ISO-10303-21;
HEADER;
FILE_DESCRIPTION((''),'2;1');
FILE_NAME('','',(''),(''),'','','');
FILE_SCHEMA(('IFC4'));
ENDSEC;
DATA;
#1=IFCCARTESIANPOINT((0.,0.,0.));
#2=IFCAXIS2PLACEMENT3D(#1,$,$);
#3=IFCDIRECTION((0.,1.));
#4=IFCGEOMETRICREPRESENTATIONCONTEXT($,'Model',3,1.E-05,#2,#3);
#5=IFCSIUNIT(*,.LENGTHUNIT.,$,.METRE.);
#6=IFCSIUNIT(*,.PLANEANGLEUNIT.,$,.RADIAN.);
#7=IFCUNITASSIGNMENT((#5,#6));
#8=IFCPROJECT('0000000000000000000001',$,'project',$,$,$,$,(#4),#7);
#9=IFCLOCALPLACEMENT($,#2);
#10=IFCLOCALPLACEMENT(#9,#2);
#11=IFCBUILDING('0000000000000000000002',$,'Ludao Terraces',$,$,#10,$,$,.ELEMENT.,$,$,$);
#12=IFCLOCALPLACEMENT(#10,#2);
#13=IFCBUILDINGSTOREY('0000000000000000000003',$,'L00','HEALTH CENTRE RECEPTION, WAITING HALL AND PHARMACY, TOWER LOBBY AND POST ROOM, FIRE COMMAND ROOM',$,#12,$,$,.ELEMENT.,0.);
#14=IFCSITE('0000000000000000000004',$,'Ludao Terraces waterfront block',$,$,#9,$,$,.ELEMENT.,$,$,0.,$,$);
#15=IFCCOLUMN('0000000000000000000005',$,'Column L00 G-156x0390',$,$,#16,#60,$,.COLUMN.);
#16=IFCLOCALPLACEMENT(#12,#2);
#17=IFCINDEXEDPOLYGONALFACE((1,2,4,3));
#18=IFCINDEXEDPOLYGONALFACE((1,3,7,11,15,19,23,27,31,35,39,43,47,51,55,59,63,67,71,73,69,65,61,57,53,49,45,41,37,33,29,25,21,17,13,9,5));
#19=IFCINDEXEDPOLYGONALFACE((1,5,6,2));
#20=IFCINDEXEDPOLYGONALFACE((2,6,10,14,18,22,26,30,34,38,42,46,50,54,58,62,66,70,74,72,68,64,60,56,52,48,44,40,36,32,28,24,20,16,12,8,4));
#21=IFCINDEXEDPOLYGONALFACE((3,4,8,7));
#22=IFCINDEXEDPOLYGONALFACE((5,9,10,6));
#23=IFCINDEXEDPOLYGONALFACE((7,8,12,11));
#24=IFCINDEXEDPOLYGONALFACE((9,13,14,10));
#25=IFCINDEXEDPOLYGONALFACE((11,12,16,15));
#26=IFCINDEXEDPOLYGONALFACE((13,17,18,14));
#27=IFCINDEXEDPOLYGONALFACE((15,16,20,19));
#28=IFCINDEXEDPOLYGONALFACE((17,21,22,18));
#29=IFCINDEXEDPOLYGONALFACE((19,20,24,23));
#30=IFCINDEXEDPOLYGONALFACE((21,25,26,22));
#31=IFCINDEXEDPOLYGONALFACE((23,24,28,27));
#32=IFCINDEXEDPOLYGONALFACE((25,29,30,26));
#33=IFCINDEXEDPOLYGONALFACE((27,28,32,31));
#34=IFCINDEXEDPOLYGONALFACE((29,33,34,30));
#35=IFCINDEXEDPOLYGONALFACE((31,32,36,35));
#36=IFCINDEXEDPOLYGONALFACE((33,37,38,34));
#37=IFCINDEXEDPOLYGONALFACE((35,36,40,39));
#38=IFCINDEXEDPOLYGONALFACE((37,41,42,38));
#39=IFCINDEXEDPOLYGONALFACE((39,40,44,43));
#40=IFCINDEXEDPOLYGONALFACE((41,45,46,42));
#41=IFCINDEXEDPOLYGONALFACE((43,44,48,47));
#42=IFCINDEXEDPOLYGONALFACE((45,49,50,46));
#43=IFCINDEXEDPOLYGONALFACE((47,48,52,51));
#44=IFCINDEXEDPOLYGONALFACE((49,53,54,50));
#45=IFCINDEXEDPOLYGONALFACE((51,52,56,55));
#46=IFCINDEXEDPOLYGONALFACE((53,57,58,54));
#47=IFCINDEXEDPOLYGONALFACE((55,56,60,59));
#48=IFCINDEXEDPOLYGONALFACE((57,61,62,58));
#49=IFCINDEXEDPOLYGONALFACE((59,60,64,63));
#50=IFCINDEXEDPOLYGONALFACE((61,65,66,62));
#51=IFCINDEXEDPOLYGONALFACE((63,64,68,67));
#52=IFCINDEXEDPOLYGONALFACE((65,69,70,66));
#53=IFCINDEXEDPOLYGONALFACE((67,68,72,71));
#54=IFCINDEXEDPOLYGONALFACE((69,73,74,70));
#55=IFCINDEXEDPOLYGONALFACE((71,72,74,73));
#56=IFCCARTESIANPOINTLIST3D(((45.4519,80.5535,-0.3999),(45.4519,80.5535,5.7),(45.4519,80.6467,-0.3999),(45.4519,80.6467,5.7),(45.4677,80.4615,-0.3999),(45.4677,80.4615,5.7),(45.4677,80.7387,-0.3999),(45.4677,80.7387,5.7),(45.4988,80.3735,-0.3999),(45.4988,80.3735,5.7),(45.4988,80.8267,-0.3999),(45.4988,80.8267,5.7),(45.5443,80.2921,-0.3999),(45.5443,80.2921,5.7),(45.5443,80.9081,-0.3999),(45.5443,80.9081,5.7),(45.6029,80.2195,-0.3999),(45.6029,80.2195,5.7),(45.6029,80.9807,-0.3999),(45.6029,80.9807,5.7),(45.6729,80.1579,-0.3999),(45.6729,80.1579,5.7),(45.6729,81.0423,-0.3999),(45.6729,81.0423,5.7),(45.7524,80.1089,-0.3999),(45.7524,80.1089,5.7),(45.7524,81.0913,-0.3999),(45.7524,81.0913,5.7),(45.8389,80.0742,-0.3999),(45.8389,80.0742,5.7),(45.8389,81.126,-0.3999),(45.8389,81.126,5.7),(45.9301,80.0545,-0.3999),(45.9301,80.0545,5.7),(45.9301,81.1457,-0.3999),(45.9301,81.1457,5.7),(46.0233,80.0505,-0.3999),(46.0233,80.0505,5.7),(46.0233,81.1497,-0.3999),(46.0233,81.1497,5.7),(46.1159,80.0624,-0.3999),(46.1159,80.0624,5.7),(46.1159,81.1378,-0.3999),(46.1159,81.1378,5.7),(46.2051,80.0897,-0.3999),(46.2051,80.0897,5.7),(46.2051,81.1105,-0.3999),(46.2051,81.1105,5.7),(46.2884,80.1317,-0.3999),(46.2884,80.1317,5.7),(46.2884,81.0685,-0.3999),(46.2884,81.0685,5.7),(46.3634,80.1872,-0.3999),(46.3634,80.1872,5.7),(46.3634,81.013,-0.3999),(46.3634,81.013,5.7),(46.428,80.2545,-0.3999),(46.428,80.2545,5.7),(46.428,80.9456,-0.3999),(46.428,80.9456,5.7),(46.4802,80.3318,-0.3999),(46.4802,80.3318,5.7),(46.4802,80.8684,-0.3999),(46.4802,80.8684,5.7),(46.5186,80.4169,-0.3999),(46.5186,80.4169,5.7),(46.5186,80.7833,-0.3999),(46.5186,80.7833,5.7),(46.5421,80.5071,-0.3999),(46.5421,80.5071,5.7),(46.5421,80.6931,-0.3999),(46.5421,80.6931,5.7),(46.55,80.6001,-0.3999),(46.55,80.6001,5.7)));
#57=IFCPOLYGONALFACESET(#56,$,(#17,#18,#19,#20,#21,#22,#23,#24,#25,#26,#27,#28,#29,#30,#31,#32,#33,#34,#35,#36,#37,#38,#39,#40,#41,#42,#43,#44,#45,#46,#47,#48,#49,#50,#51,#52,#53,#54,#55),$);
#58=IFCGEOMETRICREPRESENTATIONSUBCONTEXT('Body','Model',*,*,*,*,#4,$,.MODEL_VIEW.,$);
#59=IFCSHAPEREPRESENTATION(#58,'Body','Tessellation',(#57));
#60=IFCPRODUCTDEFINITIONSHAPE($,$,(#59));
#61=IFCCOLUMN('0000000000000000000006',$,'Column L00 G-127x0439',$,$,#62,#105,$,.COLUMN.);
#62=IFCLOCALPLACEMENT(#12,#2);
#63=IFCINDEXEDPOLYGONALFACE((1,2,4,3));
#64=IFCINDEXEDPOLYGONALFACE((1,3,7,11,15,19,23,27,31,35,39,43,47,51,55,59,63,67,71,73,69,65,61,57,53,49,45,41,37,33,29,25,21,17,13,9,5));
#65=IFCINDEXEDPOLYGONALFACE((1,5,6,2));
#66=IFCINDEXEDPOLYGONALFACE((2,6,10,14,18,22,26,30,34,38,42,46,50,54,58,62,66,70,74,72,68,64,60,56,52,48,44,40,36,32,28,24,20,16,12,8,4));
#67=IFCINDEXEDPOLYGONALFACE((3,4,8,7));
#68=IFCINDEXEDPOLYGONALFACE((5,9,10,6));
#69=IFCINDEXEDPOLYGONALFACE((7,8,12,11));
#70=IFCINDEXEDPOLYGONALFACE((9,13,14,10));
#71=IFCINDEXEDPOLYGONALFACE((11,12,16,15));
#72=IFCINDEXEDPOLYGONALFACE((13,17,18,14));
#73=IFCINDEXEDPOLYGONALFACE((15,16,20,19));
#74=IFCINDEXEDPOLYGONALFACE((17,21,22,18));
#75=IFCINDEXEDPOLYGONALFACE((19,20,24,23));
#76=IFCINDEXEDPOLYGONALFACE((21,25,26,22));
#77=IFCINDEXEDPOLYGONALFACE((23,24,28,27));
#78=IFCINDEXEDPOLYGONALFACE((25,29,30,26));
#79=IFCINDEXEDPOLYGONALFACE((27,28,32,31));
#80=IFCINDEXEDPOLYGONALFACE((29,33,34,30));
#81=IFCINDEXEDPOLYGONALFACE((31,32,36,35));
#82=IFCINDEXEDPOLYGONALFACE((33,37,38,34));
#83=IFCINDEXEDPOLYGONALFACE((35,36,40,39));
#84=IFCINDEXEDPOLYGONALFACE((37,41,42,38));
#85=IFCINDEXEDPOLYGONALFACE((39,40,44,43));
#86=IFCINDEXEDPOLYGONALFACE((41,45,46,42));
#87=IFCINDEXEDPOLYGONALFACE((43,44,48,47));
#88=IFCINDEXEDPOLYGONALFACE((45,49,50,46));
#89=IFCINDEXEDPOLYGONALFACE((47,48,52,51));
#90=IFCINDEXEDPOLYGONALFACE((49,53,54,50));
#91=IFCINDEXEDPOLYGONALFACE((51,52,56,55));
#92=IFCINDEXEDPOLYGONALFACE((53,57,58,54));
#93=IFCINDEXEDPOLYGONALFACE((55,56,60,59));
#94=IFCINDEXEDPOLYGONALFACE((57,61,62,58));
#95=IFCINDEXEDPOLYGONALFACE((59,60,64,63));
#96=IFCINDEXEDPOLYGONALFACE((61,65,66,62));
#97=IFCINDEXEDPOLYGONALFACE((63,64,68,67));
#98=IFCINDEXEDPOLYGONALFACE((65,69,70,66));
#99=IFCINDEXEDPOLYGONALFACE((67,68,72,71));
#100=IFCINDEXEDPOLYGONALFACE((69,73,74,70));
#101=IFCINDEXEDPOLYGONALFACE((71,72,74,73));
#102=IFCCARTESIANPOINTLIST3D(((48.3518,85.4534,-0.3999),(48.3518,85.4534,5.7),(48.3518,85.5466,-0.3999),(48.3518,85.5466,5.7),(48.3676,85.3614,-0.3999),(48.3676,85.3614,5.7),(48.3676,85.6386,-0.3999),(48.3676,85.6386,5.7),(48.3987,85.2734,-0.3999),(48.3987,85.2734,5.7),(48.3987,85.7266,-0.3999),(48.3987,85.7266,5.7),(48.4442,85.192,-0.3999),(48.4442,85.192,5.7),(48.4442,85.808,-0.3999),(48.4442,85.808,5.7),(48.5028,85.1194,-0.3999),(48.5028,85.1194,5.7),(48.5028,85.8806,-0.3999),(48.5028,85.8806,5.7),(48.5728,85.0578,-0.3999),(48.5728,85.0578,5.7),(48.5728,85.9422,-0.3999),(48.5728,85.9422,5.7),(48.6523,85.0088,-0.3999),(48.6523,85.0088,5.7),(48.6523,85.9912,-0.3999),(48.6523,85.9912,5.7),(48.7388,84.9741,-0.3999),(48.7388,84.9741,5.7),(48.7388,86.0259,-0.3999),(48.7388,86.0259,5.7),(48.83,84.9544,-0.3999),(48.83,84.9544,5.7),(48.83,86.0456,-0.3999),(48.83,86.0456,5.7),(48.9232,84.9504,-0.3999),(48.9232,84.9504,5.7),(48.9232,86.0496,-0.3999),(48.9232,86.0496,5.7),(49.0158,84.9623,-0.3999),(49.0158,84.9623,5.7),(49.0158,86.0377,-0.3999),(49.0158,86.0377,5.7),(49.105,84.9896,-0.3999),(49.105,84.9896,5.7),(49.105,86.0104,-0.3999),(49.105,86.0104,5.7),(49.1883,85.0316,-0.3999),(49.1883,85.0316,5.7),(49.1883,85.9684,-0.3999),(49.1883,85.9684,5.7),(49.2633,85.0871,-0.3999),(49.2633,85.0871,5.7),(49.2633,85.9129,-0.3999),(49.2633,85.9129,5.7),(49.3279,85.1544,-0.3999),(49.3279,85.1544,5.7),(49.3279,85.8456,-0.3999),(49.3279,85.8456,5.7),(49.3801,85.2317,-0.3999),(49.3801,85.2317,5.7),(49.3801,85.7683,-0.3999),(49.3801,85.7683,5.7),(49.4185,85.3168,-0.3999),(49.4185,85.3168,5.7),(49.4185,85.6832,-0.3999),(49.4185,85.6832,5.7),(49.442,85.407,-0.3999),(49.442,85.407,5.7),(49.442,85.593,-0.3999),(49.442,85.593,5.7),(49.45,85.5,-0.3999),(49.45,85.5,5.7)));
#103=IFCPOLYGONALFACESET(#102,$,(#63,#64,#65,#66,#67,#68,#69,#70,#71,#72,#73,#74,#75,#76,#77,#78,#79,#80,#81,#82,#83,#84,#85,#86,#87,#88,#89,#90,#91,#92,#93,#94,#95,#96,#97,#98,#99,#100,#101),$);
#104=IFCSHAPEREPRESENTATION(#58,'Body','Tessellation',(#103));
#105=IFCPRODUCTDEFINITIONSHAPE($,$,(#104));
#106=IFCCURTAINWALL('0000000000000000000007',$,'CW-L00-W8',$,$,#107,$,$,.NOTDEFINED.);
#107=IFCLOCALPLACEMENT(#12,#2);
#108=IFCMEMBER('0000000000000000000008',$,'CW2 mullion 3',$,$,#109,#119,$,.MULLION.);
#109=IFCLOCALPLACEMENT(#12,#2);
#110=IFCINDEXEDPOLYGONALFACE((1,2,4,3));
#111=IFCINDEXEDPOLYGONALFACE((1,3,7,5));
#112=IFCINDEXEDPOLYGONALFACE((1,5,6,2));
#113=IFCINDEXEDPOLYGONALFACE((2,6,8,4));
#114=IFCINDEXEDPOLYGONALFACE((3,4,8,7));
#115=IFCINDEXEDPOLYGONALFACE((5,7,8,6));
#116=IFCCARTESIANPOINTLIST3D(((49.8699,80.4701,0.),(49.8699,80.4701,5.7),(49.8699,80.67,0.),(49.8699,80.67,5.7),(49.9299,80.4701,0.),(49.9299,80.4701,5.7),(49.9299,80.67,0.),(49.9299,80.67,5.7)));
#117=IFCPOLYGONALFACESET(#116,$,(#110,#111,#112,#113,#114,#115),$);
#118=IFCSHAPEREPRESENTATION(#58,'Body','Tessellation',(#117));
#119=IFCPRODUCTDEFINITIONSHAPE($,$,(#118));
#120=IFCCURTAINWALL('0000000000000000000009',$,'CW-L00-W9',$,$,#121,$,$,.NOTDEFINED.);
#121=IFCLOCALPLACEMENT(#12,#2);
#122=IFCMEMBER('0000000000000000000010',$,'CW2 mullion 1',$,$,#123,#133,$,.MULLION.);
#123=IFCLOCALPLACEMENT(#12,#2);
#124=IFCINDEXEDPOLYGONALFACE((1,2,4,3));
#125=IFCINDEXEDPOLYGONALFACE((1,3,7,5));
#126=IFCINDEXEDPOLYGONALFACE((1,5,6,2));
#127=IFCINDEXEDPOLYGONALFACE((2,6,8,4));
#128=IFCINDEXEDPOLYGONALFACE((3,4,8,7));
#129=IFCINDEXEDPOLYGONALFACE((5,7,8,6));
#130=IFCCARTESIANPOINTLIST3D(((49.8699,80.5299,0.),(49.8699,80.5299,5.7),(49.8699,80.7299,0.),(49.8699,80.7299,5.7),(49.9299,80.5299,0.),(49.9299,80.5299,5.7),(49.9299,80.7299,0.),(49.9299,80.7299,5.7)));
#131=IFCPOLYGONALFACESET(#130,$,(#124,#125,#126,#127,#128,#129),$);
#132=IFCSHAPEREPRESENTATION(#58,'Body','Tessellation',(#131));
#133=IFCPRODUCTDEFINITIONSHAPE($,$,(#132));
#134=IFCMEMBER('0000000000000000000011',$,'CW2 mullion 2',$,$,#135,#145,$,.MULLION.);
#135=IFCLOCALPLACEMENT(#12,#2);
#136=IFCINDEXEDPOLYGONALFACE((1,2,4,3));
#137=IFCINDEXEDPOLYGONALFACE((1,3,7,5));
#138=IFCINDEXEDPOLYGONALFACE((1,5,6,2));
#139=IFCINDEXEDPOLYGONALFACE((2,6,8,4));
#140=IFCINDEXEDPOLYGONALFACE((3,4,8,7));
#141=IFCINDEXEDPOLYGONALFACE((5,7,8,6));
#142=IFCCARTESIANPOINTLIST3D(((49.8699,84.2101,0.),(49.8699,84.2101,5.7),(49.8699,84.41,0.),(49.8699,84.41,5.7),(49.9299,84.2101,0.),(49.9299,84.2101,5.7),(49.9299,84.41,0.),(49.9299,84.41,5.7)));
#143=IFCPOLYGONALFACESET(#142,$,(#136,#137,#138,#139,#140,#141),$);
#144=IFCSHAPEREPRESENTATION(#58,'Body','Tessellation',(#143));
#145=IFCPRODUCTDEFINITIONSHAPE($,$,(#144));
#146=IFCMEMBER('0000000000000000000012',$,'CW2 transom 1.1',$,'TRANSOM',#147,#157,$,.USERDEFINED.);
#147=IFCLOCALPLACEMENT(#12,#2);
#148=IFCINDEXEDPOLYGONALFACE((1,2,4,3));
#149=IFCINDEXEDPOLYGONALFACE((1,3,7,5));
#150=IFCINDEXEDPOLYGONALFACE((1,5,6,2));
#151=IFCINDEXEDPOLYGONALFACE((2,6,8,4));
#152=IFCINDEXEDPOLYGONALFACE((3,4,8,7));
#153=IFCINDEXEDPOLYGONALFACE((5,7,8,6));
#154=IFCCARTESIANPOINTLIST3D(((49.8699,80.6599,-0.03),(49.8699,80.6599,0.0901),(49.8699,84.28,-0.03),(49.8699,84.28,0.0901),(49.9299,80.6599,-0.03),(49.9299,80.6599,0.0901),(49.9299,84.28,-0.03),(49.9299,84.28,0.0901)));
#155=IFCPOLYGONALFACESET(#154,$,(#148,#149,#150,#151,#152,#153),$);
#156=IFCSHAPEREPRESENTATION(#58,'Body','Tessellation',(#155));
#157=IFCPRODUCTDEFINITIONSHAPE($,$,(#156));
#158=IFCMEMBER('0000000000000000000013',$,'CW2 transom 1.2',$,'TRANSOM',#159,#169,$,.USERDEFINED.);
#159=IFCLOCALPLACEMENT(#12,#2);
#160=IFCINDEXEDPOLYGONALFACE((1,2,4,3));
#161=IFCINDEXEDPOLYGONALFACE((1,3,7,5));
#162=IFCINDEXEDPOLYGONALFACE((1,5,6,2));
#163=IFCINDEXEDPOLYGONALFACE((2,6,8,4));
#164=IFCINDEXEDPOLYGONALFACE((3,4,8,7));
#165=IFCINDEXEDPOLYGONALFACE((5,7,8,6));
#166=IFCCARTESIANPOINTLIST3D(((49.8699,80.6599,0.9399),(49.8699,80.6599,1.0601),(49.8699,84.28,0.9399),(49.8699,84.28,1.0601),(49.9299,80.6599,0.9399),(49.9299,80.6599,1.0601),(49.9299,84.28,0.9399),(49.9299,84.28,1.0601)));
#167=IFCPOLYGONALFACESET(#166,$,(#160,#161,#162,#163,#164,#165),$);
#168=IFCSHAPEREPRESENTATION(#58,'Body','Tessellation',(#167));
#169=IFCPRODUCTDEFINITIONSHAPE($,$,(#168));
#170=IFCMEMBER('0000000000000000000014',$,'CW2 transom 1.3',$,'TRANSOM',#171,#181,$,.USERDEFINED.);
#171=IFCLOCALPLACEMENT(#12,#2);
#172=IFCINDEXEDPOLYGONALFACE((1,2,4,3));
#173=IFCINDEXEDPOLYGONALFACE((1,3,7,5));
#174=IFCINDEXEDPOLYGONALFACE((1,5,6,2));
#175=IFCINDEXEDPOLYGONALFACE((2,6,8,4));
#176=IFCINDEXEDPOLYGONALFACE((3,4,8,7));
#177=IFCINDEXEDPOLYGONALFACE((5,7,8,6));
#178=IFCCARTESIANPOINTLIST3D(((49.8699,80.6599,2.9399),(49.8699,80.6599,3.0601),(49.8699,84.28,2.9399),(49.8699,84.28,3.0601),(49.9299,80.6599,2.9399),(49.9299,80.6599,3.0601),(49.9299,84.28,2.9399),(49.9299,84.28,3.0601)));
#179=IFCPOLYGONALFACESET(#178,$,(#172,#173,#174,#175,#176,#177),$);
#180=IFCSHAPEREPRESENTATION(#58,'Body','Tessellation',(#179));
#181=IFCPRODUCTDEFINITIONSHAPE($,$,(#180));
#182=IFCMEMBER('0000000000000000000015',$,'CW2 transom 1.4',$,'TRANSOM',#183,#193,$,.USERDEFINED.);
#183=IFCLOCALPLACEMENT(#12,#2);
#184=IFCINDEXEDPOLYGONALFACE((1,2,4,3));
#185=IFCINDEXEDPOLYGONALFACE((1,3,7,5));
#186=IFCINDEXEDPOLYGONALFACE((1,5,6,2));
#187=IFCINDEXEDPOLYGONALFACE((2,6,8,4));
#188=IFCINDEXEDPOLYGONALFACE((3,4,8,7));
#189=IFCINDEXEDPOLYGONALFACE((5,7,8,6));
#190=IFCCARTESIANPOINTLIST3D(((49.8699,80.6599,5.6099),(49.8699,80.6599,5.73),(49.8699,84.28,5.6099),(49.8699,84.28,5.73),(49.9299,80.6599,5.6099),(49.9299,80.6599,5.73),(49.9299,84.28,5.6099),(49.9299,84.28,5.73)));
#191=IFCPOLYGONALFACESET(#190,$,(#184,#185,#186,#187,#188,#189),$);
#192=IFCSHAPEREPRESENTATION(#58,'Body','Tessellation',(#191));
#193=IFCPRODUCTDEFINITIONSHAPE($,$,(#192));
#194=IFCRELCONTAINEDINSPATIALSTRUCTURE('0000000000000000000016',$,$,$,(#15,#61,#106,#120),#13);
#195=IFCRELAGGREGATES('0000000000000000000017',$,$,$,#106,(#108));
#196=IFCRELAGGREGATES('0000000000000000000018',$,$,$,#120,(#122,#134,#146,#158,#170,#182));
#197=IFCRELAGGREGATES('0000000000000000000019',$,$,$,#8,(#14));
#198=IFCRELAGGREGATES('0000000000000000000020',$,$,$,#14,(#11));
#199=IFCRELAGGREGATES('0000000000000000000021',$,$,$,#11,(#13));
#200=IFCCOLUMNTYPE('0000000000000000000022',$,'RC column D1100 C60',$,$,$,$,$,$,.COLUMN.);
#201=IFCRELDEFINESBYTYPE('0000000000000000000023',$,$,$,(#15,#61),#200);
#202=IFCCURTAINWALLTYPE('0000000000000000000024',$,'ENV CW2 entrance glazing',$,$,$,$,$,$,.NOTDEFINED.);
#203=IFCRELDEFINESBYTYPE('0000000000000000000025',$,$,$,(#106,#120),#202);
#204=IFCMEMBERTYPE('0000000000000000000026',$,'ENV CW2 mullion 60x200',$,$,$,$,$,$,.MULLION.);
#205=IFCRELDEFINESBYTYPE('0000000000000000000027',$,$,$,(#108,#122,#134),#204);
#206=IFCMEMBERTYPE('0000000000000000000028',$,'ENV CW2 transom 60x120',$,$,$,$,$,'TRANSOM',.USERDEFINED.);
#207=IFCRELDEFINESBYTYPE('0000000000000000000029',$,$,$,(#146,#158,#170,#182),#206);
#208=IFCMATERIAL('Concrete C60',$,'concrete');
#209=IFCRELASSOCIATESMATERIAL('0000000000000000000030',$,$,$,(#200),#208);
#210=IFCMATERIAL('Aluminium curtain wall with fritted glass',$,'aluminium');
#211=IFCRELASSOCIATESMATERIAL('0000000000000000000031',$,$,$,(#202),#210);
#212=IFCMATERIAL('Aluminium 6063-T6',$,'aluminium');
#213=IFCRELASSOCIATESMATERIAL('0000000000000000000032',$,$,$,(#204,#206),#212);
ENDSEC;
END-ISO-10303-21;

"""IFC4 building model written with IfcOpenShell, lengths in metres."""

from ifc_helpers import new_model, si_unit, direction, frame, origin, origin_2d, place, context, subcontext, project, spatial, rectangle, circle, extrude, material, material_profile, profile_set, type_object, element, aggregate, save


model = new_model("IFC4")

# Units and contexts
model_context = context("Model", 3, precision=1e-05, world=origin(), true_north=direction((0.0, 1.0)))
body_context = subcontext(model_context, "Body", "Model", "MODEL_VIEW")
ifc_project = project(units=[si_unit("LENGTHUNIT", "METRE"), si_unit("PLANEANGLEUNIT", "RADIAN")], contexts=[model_context])

# Site, building, storey
site_placement = place(None, origin())
site = spatial("IfcSite", under=ifc_project, at=site_placement, Name="Ludao Terraces waterfront block", CompositionType="ELEMENT", RefElevation=0.0)
building_placement = place(site_placement, origin())
building = spatial("IfcBuilding", under=site, at=building_placement, Name="Ludao Terraces", CompositionType="ELEMENT")
storey_placement = place(building_placement, origin())
storey = spatial("IfcBuildingStorey", under=building, at=storey_placement, Name="L00", Description="HEALTH CENTRE RECEPTION, WAITING HALL AND PHARMACY, TOWER LOBBY AND POST ROOM, FIRE COMMAND ROOM", CompositionType="ELEMENT", Elevation=0.0)

# Columns
ifc_material_1 = material(Name="Concrete C60", Category="concrete")
ifc_material_profile_1 = material_profile(ifc_material_1, circle(Radius=0.55, at=origin_2d()), Name="D1100")
ifc_profile_set_1 = profile_set([ifc_material_profile_1], Name="Concrete C60")
column_type = type_object("IfcColumnType", Name="RC column D1100 C60", PredefinedType="COLUMN", material=ifc_profile_set_1)
for number, where, z_axis, x_axis, name in (
    (1, (46.0, 80.6001, -0.3999), (0.0, 0.0, 1.0), (1.0, 0.0, 0.0), "Column L00 G-156x0390"),
    (2, (48.8999, 85.5, -0.3999), (0.0, 0.0, 1.0), (1.0, 0.0, 0.0), "Column L00 G-127x0439"),
):
    element("IfcColumn", number, at=place(storey_placement, frame(where, z_axis=z_axis, x_axis=x_axis)), inside=storey, type_object=column_type, Name=name, PredefinedType="COLUMN", context=body_context, shape_type="SweptSolid", body=[
        extrude(circle(Radius=0.55, at=origin_2d()), origin(), (0.0, 0.0, 1.0), 6.0999),
    ])

# Curtain wall, member
ifc_material_2 = material(Name="Aluminium curtain wall with fritted glass", Category="aluminium")
curtain_wall_type = type_object("IfcCurtainWallType", Name="ENV CW2 entrance glazing", PredefinedType="NOTDEFINED", material=ifc_material_2)
curtain_wall_1_placement = place(storey_placement, origin())
curtain_wall_1 = element("IfcCurtainWall", 3, at=curtain_wall_1_placement, inside=storey, type_object=curtain_wall_type, Name="CW-L00-W8", PredefinedType="NOTDEFINED")
ifc_material_3 = material(Name="Aluminium 6063-T6", Category="aluminium")
ifc_material_profile_2 = material_profile(ifc_material_3, rectangle(XDim=0.0601, YDim=0.2, at=origin_2d()), Name="60 X 200")
ifc_profile_set_2 = profile_set([ifc_material_profile_2], Name="Aluminium 6063-T6")
member_type_1 = type_object("IfcMemberType", Name="ENV CW2 mullion 60x200", PredefinedType="MULLION", material=ifc_profile_set_2)
member_1_placement = place(storey_placement, frame((49.8999, 80.5701, 0.0), z_axis=(0.0, 0.0, 1.0), x_axis=(-1.0, 0.0, 0.0)))
member_1 = element("IfcMember", 4, at=member_1_placement, type_object=member_type_1, Name="CW2 mullion 3", PredefinedType="MULLION", context=body_context, shape_type="SweptSolid", body=[
    extrude(rectangle(XDim=0.0601, YDim=0.2, at=origin_2d()), origin(), (0.0, 0.0, 1.0), 5.7),
])

# Curtain wall, members
curtain_wall_2_placement = place(storey_placement, origin())
curtain_wall_2 = element("IfcCurtainWall", 5, at=curtain_wall_2_placement, inside=storey, type_object=curtain_wall_type, Name="CW-L00-W9", PredefinedType="NOTDEFINED")
member_2_placement = place(storey_placement, frame((49.8999, 80.6299, 0.0), z_axis=(0.0, 0.0, 1.0), x_axis=(-1.0, 0.0, 0.0)))
member_2 = element("IfcMember", 6, at=member_2_placement, type_object=member_type_1, Name="CW2 mullion 1", PredefinedType="MULLION", context=body_context, shape_type="SweptSolid", body=[
    extrude(rectangle(XDim=0.0601, YDim=0.2, at=origin_2d()), origin(), (0.0, 0.0, 1.0), 5.7),
])
member_3_placement = place(storey_placement, frame((49.8999, 84.3101, 0.0), z_axis=(0.0, 0.0, 1.0), x_axis=(-1.0, 0.0, 0.0)))
member_3 = element("IfcMember", 7, at=member_3_placement, type_object=member_type_1, Name="CW2 mullion 2", PredefinedType="MULLION", context=body_context, shape_type="SweptSolid", body=[
    extrude(rectangle(XDim=0.0601, YDim=0.2, at=origin_2d()), origin(), (0.0, 0.0, 1.0), 5.7),
])
ifc_material_profile_3 = material_profile(ifc_material_3, rectangle(XDim=0.0601, YDim=0.1201, at=origin_2d()), Name="60 X 120")
ifc_profile_set_3 = profile_set([ifc_material_profile_3], Name="Aluminium 6063-T6")
member_type_2 = type_object("IfcMemberType", Name="ENV CW2 transom 60x120", ElementType="TRANSOM", PredefinedType="USERDEFINED", material=ifc_profile_set_3)
member_4_placement = place(storey_placement, frame((49.8999, 80.6599, 0.03), z_axis=(0.0, 1.0, 0.0), x_axis=(-1.0, 0.0, 0.0)))
member_4 = element("IfcMember", 8, at=member_4_placement, type_object=member_type_2, Name="CW2 transom 1.1", ObjectType="TRANSOM", PredefinedType="USERDEFINED", context=body_context, shape_type="SweptSolid", body=[
    extrude(rectangle(XDim=0.0601, YDim=0.1201, at=origin_2d()), origin(), (0.0, 0.0, 1.0), 3.6201),
])
member_5_placement = place(storey_placement, frame((49.8999, 80.6599, 1.0), z_axis=(0.0, 1.0, 0.0), x_axis=(-1.0, 0.0, 0.0)))
member_5 = element("IfcMember", 9, at=member_5_placement, type_object=member_type_2, Name="CW2 transom 1.2", ObjectType="TRANSOM", PredefinedType="USERDEFINED", context=body_context, shape_type="SweptSolid", body=[
    extrude(rectangle(XDim=0.0601, YDim=0.1201, at=origin_2d()), origin(), (0.0, 0.0, 1.0), 3.6201),
])
member_6_placement = place(storey_placement, frame((49.8999, 80.6599, 3.0), z_axis=(0.0, 1.0, 0.0), x_axis=(-1.0, 0.0, 0.0)))
member_6 = element("IfcMember", 10, at=member_6_placement, type_object=member_type_2, Name="CW2 transom 1.3", ObjectType="TRANSOM", PredefinedType="USERDEFINED", context=body_context, shape_type="SweptSolid", body=[
    extrude(rectangle(XDim=0.0601, YDim=0.1201, at=origin_2d()), origin(), (0.0, 0.0, 1.0), 3.6201),
])
member_7_placement = place(storey_placement, frame((49.8999, 80.6599, 5.6699), z_axis=(0.0, 1.0, 0.0), x_axis=(-1.0, 0.0, 0.0)))
member_7 = element("IfcMember", 11, at=member_7_placement, type_object=member_type_2, Name="CW2 transom 1.4", ObjectType="TRANSOM", PredefinedType="USERDEFINED", context=body_context, shape_type="SweptSolid", body=[
    extrude(rectangle(XDim=0.0601, YDim=0.1201, at=origin_2d()), origin(), (0.0, 0.0, 1.0), 3.6201),
])

aggregate(curtain_wall_1, [member_1])
aggregate(curtain_wall_2, [member_2, member_3, member_4, member_5, member_6, member_7])

save(model, "model.ifc")
